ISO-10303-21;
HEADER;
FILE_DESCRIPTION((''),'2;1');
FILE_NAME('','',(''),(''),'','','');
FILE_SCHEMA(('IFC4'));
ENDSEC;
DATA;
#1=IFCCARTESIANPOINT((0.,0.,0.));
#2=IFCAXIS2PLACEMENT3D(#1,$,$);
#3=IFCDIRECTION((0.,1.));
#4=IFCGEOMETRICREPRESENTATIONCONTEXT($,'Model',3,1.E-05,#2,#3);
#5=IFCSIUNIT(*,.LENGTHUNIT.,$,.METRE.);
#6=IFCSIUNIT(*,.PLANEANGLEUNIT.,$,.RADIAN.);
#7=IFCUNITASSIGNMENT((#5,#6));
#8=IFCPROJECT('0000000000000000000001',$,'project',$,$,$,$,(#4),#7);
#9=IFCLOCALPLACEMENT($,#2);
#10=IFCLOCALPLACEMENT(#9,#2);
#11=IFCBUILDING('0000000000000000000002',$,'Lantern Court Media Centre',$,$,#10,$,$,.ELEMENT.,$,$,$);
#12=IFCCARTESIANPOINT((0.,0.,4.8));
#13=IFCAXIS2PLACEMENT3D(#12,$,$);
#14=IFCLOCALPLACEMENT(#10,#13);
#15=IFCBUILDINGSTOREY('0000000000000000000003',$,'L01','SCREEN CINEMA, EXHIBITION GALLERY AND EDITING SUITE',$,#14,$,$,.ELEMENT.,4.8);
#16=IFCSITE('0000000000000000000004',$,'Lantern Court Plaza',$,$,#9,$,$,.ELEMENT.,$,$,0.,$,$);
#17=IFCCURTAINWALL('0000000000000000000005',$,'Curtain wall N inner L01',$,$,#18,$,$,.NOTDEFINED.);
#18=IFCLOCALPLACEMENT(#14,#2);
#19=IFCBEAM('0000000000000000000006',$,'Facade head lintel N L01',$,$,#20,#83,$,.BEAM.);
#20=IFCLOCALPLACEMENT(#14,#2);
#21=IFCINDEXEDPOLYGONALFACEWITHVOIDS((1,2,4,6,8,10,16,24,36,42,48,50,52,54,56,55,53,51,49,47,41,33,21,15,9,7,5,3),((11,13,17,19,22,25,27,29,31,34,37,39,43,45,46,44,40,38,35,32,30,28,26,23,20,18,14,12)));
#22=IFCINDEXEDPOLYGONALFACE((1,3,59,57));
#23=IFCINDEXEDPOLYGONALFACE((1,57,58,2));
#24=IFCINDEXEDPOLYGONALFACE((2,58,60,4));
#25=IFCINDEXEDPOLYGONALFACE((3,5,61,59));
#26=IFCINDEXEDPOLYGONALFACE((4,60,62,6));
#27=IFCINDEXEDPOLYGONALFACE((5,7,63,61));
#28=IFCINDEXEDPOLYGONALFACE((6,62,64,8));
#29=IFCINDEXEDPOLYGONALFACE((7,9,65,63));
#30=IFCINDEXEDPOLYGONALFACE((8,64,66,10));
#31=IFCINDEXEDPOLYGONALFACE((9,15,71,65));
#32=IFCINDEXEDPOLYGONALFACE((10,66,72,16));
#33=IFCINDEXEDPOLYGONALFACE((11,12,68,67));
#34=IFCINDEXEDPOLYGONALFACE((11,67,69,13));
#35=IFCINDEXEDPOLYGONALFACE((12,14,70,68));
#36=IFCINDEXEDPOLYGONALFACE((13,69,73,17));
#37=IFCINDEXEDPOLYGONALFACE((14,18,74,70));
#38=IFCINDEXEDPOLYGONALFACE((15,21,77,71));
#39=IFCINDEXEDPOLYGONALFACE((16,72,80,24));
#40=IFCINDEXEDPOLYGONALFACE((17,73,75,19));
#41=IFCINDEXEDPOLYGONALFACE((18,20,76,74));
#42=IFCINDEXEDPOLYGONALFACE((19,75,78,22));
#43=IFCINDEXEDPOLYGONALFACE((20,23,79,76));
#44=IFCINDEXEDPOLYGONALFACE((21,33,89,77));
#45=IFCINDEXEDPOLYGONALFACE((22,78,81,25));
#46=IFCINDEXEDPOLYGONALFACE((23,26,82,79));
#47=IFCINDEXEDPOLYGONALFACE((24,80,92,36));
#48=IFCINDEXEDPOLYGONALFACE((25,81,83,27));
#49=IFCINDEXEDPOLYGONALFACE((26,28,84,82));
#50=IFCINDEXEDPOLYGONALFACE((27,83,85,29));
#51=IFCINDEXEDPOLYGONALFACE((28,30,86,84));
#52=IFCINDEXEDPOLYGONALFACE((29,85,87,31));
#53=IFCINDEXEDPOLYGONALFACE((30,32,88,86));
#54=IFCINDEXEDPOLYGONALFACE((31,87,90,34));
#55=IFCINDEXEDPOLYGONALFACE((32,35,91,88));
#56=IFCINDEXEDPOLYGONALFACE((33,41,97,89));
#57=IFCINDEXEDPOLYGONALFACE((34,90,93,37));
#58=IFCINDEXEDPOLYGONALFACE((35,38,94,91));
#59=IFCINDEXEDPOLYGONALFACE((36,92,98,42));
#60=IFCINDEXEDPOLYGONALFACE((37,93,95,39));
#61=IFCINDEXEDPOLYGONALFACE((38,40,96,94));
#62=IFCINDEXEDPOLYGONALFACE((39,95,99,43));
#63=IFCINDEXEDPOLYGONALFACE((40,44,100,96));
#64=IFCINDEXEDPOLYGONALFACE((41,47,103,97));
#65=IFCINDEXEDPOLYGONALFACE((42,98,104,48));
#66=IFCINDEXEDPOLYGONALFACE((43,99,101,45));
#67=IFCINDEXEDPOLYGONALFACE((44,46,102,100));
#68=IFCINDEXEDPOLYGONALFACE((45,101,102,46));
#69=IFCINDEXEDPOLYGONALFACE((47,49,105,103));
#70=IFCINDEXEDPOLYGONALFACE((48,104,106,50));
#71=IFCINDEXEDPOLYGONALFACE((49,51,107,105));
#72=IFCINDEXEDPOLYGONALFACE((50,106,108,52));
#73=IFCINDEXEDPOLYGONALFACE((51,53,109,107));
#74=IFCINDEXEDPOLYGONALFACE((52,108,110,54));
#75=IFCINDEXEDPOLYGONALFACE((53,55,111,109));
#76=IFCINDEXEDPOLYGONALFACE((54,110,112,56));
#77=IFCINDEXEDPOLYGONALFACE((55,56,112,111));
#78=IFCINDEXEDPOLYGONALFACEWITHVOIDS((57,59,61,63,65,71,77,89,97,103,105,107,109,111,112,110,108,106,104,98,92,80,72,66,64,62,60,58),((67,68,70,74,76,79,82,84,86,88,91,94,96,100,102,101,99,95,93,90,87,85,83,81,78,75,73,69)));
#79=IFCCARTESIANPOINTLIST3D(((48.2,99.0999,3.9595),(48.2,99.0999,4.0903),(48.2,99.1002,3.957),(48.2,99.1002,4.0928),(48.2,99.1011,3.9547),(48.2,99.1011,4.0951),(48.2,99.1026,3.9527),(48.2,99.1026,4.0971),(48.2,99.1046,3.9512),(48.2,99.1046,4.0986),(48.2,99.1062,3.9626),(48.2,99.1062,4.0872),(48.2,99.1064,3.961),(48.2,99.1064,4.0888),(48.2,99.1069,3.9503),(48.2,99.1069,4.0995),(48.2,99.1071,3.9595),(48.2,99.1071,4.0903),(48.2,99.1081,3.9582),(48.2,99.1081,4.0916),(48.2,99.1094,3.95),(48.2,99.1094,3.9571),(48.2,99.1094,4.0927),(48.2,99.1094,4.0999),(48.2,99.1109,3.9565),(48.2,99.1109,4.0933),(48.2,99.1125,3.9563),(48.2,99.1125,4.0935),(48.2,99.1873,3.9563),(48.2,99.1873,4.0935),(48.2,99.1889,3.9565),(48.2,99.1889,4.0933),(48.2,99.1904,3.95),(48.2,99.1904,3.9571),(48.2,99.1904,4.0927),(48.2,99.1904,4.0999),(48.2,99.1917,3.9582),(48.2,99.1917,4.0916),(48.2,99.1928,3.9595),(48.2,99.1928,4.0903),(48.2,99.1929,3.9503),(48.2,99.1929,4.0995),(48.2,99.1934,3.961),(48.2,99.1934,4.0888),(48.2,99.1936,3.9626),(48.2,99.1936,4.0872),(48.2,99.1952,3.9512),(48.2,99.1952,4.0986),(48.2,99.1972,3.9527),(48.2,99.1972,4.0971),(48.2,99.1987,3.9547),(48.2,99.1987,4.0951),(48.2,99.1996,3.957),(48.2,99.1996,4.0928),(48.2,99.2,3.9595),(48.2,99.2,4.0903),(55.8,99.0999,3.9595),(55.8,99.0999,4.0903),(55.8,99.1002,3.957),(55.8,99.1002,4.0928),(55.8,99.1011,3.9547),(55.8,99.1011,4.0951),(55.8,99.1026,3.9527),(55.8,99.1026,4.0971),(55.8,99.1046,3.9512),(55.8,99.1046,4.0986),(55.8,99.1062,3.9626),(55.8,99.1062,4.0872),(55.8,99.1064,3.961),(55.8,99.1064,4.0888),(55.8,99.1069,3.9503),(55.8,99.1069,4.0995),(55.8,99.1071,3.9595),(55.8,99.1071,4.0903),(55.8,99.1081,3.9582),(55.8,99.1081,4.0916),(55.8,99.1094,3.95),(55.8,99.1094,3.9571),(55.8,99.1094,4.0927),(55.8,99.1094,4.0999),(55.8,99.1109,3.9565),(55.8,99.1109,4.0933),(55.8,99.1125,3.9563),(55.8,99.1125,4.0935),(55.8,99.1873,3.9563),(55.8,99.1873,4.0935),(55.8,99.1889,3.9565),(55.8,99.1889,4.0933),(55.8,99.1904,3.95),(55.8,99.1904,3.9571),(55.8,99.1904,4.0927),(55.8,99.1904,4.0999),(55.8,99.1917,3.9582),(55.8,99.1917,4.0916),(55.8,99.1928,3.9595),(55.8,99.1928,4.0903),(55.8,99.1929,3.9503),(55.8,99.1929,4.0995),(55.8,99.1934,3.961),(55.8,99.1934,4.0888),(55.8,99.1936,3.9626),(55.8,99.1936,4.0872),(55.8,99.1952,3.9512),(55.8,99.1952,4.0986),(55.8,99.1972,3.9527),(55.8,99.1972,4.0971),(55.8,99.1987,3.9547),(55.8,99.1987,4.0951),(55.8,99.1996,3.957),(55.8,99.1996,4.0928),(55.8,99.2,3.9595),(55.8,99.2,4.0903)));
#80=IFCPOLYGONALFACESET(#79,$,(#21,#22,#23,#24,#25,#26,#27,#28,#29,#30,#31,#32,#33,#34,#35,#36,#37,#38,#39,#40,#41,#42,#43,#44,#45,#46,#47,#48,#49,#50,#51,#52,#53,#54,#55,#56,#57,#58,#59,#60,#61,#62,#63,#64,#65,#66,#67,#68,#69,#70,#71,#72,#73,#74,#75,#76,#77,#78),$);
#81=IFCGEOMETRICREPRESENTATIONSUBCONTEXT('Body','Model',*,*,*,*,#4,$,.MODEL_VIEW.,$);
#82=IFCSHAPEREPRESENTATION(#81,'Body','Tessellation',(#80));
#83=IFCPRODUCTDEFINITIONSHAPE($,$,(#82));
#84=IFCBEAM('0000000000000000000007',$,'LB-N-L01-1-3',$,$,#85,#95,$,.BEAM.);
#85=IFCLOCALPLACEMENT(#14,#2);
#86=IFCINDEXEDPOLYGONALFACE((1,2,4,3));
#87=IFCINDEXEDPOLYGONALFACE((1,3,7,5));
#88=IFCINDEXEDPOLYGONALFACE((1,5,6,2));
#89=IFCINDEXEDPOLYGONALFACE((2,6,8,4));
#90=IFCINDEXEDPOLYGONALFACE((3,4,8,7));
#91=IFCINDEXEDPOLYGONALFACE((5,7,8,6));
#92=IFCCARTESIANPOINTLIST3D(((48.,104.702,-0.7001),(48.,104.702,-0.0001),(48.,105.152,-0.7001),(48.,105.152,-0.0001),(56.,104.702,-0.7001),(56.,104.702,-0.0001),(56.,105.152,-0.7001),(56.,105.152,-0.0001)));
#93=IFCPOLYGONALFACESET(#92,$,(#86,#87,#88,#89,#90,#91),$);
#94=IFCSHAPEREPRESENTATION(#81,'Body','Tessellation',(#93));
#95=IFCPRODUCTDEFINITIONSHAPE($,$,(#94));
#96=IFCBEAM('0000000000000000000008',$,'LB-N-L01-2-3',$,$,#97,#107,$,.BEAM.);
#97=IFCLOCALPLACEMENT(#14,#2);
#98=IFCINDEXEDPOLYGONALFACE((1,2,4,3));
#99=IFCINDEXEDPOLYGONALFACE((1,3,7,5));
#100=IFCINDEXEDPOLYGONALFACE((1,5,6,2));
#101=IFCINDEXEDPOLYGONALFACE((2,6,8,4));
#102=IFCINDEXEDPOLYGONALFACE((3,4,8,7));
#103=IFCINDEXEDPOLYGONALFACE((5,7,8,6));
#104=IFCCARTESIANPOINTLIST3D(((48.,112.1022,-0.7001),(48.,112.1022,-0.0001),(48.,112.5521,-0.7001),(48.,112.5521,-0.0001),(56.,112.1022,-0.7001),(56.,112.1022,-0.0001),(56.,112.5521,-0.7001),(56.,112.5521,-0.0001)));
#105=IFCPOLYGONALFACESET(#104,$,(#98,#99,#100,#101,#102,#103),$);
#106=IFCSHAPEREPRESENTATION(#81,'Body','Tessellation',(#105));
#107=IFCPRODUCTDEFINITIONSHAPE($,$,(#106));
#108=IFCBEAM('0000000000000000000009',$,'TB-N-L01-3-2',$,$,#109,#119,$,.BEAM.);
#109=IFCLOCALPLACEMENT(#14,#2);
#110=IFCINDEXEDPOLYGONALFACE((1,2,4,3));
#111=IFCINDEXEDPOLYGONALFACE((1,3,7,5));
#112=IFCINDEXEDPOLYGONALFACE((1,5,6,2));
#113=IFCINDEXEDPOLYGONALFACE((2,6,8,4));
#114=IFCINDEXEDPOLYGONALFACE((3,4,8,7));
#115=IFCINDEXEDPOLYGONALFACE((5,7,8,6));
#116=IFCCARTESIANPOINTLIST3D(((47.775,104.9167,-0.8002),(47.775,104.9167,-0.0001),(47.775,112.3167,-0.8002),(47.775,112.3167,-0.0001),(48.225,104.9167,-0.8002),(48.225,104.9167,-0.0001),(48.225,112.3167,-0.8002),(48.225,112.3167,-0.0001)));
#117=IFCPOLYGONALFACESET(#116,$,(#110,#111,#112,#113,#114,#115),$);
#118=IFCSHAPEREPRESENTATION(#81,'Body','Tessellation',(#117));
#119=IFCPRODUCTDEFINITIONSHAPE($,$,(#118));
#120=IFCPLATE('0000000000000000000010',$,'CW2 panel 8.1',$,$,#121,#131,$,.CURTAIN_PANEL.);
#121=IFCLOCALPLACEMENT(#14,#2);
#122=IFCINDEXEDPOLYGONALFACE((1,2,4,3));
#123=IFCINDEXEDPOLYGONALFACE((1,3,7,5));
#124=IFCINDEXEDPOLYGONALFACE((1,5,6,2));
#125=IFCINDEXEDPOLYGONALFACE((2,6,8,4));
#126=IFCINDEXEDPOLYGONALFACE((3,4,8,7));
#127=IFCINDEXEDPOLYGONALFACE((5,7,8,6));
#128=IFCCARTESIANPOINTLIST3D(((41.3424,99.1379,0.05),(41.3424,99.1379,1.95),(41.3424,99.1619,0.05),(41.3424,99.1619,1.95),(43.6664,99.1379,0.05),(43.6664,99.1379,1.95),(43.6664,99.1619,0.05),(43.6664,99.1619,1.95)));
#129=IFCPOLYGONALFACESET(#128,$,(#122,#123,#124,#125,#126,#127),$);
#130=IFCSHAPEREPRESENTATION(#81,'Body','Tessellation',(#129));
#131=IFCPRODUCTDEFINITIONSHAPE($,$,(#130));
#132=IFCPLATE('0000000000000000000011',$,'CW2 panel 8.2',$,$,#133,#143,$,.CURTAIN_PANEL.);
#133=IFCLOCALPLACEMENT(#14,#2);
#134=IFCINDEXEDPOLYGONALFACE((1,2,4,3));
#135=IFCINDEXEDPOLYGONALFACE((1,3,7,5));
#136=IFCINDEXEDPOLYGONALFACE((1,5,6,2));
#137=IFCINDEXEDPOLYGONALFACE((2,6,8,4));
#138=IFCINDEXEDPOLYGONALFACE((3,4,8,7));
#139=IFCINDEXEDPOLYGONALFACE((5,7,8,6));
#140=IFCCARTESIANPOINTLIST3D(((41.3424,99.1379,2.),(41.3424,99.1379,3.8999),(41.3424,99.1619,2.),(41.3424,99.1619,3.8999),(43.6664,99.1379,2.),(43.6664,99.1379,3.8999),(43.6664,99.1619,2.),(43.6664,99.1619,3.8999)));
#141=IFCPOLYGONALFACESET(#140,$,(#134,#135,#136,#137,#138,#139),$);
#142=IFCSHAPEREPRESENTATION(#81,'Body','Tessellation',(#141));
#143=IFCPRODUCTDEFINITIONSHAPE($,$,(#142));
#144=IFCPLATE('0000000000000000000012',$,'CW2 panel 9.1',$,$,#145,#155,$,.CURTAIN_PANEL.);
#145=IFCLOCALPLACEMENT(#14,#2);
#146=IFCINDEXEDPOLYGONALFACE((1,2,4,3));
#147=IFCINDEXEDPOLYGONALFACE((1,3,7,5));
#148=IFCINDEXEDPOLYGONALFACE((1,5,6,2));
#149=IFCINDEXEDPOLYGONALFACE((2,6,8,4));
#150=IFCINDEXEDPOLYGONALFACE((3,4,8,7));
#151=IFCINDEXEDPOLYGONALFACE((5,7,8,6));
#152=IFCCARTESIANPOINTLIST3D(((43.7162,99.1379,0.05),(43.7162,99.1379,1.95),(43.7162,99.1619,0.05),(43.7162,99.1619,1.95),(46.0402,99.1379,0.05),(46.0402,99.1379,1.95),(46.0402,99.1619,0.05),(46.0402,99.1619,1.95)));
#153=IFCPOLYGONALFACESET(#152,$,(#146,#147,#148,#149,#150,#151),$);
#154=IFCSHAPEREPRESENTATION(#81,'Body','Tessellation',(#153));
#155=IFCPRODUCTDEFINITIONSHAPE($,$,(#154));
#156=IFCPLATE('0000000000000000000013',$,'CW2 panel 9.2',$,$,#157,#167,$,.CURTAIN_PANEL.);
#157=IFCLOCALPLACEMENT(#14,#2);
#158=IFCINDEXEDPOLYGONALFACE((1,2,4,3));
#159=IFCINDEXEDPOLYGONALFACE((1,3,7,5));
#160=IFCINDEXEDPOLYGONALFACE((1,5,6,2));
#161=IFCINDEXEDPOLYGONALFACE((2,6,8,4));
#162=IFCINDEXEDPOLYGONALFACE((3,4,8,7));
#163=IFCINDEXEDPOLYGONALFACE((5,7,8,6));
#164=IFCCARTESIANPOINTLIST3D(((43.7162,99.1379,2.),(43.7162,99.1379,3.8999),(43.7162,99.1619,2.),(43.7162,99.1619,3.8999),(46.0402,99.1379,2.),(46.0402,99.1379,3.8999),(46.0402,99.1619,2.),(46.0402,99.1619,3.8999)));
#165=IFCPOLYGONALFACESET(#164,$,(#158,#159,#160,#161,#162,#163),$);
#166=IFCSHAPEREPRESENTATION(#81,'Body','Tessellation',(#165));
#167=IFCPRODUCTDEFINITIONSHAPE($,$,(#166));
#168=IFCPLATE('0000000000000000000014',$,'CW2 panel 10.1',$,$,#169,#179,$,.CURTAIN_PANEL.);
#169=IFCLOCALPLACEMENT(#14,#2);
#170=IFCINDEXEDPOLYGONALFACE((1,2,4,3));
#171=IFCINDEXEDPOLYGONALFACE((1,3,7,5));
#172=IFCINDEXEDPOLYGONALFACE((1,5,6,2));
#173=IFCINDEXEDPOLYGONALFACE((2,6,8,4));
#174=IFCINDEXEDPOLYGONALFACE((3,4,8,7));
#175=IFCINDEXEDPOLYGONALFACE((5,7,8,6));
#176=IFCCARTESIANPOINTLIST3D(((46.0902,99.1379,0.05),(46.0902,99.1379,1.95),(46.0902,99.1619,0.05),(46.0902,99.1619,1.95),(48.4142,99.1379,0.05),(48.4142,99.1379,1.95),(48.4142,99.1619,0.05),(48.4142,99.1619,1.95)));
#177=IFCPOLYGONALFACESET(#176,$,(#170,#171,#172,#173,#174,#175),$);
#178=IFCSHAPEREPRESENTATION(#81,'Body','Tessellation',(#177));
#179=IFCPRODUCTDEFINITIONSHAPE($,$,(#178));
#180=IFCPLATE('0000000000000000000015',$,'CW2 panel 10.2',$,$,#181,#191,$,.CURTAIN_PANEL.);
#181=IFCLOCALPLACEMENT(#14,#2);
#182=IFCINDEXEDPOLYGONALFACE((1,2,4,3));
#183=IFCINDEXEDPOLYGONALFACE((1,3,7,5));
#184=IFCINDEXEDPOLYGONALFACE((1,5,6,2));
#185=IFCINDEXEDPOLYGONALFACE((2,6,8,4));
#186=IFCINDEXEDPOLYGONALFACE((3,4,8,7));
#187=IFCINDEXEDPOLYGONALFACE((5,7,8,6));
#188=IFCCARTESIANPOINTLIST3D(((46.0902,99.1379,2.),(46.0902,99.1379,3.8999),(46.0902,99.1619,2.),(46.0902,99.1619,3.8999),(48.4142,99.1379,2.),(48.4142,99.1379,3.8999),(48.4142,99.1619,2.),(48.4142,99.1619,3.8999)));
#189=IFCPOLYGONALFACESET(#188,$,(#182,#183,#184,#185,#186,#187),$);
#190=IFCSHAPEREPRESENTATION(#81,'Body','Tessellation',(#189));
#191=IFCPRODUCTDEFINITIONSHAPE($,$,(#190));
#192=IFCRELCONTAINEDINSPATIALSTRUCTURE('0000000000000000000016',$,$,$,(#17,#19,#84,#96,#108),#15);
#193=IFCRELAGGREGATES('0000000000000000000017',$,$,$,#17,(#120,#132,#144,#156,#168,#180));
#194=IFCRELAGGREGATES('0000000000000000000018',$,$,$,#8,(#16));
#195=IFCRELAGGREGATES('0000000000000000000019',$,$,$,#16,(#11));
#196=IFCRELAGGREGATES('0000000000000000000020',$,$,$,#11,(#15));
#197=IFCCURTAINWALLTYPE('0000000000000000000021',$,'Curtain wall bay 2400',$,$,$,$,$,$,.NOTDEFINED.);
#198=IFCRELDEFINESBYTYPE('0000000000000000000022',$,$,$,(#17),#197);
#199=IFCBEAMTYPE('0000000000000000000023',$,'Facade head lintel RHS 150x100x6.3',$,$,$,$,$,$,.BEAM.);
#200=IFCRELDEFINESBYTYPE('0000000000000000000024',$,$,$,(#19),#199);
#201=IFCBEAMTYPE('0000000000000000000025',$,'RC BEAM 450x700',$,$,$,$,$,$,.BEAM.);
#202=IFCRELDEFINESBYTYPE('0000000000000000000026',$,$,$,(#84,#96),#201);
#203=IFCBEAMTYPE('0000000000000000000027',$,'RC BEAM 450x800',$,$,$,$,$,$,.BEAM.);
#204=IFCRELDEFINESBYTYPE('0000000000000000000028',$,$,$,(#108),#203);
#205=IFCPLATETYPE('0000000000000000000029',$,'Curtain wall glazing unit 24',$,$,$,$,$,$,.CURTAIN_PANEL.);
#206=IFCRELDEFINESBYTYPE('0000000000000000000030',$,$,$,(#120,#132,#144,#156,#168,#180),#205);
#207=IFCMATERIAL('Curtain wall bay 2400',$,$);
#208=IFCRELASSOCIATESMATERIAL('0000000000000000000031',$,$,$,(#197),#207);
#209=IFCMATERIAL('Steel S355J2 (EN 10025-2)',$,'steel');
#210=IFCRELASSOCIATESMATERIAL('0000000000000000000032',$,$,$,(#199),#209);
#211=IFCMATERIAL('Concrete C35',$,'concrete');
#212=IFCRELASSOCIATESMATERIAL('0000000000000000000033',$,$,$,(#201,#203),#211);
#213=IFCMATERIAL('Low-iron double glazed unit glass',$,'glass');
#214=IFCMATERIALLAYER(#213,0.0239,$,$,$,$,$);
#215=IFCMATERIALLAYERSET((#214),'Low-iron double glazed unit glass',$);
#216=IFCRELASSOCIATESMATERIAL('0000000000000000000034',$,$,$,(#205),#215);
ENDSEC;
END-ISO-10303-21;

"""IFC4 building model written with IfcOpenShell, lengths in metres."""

from ifc_helpers import new_model, si_unit, direction, frame, origin, origin_2d, place, context, subcontext, project, spatial, rectangle, hollow_rectangle, extrude, material, layer, layer_set, material_profile, profile_set, type_object, element, aggregate, save


model = new_model("IFC4")

# Units and contexts
model_context = context("Model", 3, precision=1e-05, world=origin(), true_north=direction((0.0, 1.0)))
body_context = subcontext(model_context, "Body", "Model", "MODEL_VIEW")
ifc_project = project(units=[si_unit("LENGTHUNIT", "METRE"), si_unit("PLANEANGLEUNIT", "RADIAN")], contexts=[model_context])

# Site, building, storey
site_placement = place(None, origin())
site = spatial("IfcSite", under=ifc_project, at=site_placement, Name="Lantern Court Plaza", CompositionType="ELEMENT", RefElevation=0.0)
building_placement = place(site_placement, origin())
building = spatial("IfcBuilding", under=site, at=building_placement, Name="Lantern Court Media Centre", CompositionType="ELEMENT")
storey_placement = place(building_placement, frame((0.0, 0.0, 4.8)))
storey = spatial("IfcBuildingStorey", under=building, at=storey_placement, Name="L01", Description="SCREEN CINEMA, EXHIBITION GALLERY AND EDITING SUITE", CompositionType="ELEMENT", Elevation=4.8)

# Shared definitions
ifc_material_1 = material(Name="Concrete C35", Category="concrete")

# Curtain wall
ifc_material_2 = material(Name="Curtain wall bay 2400")
curtain_wall_type = type_object("IfcCurtainWallType", Name="Curtain wall bay 2400", PredefinedType="NOTDEFINED", material=ifc_material_2)
curtain_wall_placement = place(storey_placement, origin())
curtain_wall = element("IfcCurtainWall", 1, at=curtain_wall_placement, inside=storey, type_object=curtain_wall_type, Name="Curtain wall N inner L01", PredefinedType="NOTDEFINED")

# Beams
ifc_material_3 = material(Name="Steel S355J2 (EN 10025-2)", Category="steel")
ifc_material_profile_1 = material_profile(ifc_material_3, hollow_rectangle(XDim=0.1001, YDim=0.1499, WallThickness=0.0063, InnerFilletRadius=0.0063, OuterFilletRadius=0.0095, at=origin_2d()), Name="Facade head lintel RHS 150x100x6.3")
ifc_profile_set_1 = profile_set([ifc_material_profile_1], Name="Steel S355J2 (EN 10025-2)")
beam_type_1 = type_object("IfcBeamType", Name="Facade head lintel RHS 150x100x6.3", PredefinedType="BEAM", material=ifc_profile_set_1)
beam_1_placement = place(storey_placement, frame((48.2, 99.1499, 4.0249), z_axis=(1.0, 0.0, 0.0), x_axis=(0.0, 1.0, 0.0)))
element("IfcBeam", 2, at=beam_1_placement, inside=storey, type_object=beam_type_1, Name="Facade head lintel N L01", PredefinedType="BEAM", context=body_context, shape_type="SweptSolid", body=[
    extrude(hollow_rectangle(XDim=0.1001, YDim=0.1499, WallThickness=0.0063, InnerFilletRadius=0.0063, OuterFilletRadius=0.0095, at=origin_2d()), origin(), (0.0, 0.0, 1.0), 7.6001),
])
ifc_material_profile_2 = material_profile(ifc_material_1, rectangle(XDim=0.45, YDim=0.7, at=origin_2d()), Name="RC 450x700")
ifc_profile_set_2 = profile_set([ifc_material_profile_2], Name="Concrete C35")
beam_type_2 = type_object("IfcBeamType", Name="RC BEAM 450x700", PredefinedType="BEAM", material=ifc_profile_set_2)
for number, where, z_axis, x_axis, name in (
    (3, (48.0, 104.927, -0.3501), (1.0, 0.0, 0.0), (0.0, 1.0, 0.0), "LB-N-L01-1-3"),
    (4, (48.0, 112.3271, -0.3501), (1.0, 0.0, 0.0), (0.0, 1.0, 0.0), "LB-N-L01-2-3"),
):
    element("IfcBeam", number, at=place(storey_placement, frame(where, z_axis=z_axis, x_axis=x_axis)), inside=storey, type_object=beam_type_2, Name=name, PredefinedType="BEAM", context=body_context, shape_type="SweptSolid", body=[
        extrude(rectangle(XDim=0.45, YDim=0.7, at=origin_2d()), origin(), (0.0, 0.0, 1.0), 8.0),
    ])
ifc_material_profile_3 = material_profile(ifc_material_1, rectangle(XDim=0.45, YDim=0.8, at=origin_2d()), Name="RC 450x800")
ifc_profile_set_3 = profile_set([ifc_material_profile_3], Name="Concrete C35")
beam_type_3 = type_object("IfcBeamType", Name="RC BEAM 450x800", PredefinedType="BEAM", material=ifc_profile_set_3)
beam_2_placement = place(storey_placement, frame((48.0, 104.9167, -0.4001), z_axis=(0.0, 1.0, 0.0), x_axis=(-1.0, 0.0, 0.0)))
element("IfcBeam", 5, at=beam_2_placement, inside=storey, type_object=beam_type_3, Name="TB-N-L01-3-2", PredefinedType="BEAM", context=body_context, shape_type="SweptSolid", body=[
    extrude(rectangle(XDim=0.45, YDim=0.8, at=origin_2d()), origin(), (0.0, 0.0, 1.0), 7.3999),
])

# Plates
ifc_material_4 = material(Name="Low-iron double glazed unit glass", Category="glass")
ifc_layer_1 = layer(ifc_material_4, 0.0239)
ifc_layer_set_1 = layer_set([ifc_layer_1], Name="Low-iron double glazed unit glass")
plate_type = type_object("IfcPlateType", Name="Curtain wall glazing unit 24", PredefinedType="CURTAIN_PANEL", material=ifc_layer_set_1)
plate_1_placement = place(storey_placement, frame((42.5044, 99.1499, 0.05), z_axis=(0.0, 0.0, 1.0), x_axis=(1.0, 0.0, 0.0)))
plate_1 = element("IfcPlate", 6, at=plate_1_placement, type_object=plate_type, Name="CW2 panel 8.1", PredefinedType="CURTAIN_PANEL", context=body_context, shape_type="SweptSolid", body=[
    extrude(rectangle(XDim=2.324, YDim=0.0239, at=origin_2d()), origin(), (0.0, 0.0, 1.0), 1.8999),
])
plate_2_placement = place(storey_placement, frame((42.5044, 99.1499, 2.0), z_axis=(0.0, 0.0, 1.0), x_axis=(1.0, 0.0, 0.0)))
plate_2 = element("IfcPlate", 7, at=plate_2_placement, type_object=plate_type, Name="CW2 panel 8.2", PredefinedType="CURTAIN_PANEL", context=body_context, shape_type="SweptSolid", body=[
    extrude(rectangle(XDim=2.324, YDim=0.0239, at=origin_2d()), origin(), (0.0, 0.0, 1.0), 1.8999),
])
plate_3_placement = place(storey_placement, frame((44.8782, 99.1499, 0.05), z_axis=(0.0, 0.0, 1.0), x_axis=(1.0, 0.0, 0.0)))
plate_3 = element("IfcPlate", 8, at=plate_3_placement, type_object=plate_type, Name="CW2 panel 9.1", PredefinedType="CURTAIN_PANEL", context=body_context, shape_type="SweptSolid", body=[
    extrude(rectangle(XDim=2.324, YDim=0.0239, at=origin_2d()), origin(), (0.0, 0.0, 1.0), 1.8999),
])
plate_4_placement = place(storey_placement, frame((44.8782, 99.1499, 2.0), z_axis=(0.0, 0.0, 1.0), x_axis=(1.0, 0.0, 0.0)))
plate_4 = element("IfcPlate", 9, at=plate_4_placement, type_object=plate_type, Name="CW2 panel 9.2", PredefinedType="CURTAIN_PANEL", context=body_context, shape_type="SweptSolid", body=[
    extrude(rectangle(XDim=2.324, YDim=0.0239, at=origin_2d()), origin(), (0.0, 0.0, 1.0), 1.8999),
])
plate_5_placement = place(storey_placement, frame((47.2522, 99.1499, 0.05), z_axis=(0.0, 0.0, 1.0), x_axis=(1.0, 0.0, 0.0)))
plate_5 = element("IfcPlate", 10, at=plate_5_placement, type_object=plate_type, Name="CW2 panel 10.1", PredefinedType="CURTAIN_PANEL", context=body_context, shape_type="SweptSolid", body=[
    extrude(rectangle(XDim=2.324, YDim=0.0239, at=origin_2d()), origin(), (0.0, 0.0, 1.0), 1.8999),
])
plate_6_placement = place(storey_placement, frame((47.2522, 99.1499, 2.0), z_axis=(0.0, 0.0, 1.0), x_axis=(1.0, 0.0, 0.0)))
plate_6 = element("IfcPlate", 11, at=plate_6_placement, type_object=plate_type, Name="CW2 panel 10.2", PredefinedType="CURTAIN_PANEL", context=body_context, shape_type="SweptSolid", body=[
    extrude(rectangle(XDim=2.324, YDim=0.0239, at=origin_2d()), origin(), (0.0, 0.0, 1.0), 1.8999),
])
aggregate(curtain_wall, [plate_1, plate_2, plate_3, plate_4, plate_5, plate_6])

save(model, "model.ifc")
